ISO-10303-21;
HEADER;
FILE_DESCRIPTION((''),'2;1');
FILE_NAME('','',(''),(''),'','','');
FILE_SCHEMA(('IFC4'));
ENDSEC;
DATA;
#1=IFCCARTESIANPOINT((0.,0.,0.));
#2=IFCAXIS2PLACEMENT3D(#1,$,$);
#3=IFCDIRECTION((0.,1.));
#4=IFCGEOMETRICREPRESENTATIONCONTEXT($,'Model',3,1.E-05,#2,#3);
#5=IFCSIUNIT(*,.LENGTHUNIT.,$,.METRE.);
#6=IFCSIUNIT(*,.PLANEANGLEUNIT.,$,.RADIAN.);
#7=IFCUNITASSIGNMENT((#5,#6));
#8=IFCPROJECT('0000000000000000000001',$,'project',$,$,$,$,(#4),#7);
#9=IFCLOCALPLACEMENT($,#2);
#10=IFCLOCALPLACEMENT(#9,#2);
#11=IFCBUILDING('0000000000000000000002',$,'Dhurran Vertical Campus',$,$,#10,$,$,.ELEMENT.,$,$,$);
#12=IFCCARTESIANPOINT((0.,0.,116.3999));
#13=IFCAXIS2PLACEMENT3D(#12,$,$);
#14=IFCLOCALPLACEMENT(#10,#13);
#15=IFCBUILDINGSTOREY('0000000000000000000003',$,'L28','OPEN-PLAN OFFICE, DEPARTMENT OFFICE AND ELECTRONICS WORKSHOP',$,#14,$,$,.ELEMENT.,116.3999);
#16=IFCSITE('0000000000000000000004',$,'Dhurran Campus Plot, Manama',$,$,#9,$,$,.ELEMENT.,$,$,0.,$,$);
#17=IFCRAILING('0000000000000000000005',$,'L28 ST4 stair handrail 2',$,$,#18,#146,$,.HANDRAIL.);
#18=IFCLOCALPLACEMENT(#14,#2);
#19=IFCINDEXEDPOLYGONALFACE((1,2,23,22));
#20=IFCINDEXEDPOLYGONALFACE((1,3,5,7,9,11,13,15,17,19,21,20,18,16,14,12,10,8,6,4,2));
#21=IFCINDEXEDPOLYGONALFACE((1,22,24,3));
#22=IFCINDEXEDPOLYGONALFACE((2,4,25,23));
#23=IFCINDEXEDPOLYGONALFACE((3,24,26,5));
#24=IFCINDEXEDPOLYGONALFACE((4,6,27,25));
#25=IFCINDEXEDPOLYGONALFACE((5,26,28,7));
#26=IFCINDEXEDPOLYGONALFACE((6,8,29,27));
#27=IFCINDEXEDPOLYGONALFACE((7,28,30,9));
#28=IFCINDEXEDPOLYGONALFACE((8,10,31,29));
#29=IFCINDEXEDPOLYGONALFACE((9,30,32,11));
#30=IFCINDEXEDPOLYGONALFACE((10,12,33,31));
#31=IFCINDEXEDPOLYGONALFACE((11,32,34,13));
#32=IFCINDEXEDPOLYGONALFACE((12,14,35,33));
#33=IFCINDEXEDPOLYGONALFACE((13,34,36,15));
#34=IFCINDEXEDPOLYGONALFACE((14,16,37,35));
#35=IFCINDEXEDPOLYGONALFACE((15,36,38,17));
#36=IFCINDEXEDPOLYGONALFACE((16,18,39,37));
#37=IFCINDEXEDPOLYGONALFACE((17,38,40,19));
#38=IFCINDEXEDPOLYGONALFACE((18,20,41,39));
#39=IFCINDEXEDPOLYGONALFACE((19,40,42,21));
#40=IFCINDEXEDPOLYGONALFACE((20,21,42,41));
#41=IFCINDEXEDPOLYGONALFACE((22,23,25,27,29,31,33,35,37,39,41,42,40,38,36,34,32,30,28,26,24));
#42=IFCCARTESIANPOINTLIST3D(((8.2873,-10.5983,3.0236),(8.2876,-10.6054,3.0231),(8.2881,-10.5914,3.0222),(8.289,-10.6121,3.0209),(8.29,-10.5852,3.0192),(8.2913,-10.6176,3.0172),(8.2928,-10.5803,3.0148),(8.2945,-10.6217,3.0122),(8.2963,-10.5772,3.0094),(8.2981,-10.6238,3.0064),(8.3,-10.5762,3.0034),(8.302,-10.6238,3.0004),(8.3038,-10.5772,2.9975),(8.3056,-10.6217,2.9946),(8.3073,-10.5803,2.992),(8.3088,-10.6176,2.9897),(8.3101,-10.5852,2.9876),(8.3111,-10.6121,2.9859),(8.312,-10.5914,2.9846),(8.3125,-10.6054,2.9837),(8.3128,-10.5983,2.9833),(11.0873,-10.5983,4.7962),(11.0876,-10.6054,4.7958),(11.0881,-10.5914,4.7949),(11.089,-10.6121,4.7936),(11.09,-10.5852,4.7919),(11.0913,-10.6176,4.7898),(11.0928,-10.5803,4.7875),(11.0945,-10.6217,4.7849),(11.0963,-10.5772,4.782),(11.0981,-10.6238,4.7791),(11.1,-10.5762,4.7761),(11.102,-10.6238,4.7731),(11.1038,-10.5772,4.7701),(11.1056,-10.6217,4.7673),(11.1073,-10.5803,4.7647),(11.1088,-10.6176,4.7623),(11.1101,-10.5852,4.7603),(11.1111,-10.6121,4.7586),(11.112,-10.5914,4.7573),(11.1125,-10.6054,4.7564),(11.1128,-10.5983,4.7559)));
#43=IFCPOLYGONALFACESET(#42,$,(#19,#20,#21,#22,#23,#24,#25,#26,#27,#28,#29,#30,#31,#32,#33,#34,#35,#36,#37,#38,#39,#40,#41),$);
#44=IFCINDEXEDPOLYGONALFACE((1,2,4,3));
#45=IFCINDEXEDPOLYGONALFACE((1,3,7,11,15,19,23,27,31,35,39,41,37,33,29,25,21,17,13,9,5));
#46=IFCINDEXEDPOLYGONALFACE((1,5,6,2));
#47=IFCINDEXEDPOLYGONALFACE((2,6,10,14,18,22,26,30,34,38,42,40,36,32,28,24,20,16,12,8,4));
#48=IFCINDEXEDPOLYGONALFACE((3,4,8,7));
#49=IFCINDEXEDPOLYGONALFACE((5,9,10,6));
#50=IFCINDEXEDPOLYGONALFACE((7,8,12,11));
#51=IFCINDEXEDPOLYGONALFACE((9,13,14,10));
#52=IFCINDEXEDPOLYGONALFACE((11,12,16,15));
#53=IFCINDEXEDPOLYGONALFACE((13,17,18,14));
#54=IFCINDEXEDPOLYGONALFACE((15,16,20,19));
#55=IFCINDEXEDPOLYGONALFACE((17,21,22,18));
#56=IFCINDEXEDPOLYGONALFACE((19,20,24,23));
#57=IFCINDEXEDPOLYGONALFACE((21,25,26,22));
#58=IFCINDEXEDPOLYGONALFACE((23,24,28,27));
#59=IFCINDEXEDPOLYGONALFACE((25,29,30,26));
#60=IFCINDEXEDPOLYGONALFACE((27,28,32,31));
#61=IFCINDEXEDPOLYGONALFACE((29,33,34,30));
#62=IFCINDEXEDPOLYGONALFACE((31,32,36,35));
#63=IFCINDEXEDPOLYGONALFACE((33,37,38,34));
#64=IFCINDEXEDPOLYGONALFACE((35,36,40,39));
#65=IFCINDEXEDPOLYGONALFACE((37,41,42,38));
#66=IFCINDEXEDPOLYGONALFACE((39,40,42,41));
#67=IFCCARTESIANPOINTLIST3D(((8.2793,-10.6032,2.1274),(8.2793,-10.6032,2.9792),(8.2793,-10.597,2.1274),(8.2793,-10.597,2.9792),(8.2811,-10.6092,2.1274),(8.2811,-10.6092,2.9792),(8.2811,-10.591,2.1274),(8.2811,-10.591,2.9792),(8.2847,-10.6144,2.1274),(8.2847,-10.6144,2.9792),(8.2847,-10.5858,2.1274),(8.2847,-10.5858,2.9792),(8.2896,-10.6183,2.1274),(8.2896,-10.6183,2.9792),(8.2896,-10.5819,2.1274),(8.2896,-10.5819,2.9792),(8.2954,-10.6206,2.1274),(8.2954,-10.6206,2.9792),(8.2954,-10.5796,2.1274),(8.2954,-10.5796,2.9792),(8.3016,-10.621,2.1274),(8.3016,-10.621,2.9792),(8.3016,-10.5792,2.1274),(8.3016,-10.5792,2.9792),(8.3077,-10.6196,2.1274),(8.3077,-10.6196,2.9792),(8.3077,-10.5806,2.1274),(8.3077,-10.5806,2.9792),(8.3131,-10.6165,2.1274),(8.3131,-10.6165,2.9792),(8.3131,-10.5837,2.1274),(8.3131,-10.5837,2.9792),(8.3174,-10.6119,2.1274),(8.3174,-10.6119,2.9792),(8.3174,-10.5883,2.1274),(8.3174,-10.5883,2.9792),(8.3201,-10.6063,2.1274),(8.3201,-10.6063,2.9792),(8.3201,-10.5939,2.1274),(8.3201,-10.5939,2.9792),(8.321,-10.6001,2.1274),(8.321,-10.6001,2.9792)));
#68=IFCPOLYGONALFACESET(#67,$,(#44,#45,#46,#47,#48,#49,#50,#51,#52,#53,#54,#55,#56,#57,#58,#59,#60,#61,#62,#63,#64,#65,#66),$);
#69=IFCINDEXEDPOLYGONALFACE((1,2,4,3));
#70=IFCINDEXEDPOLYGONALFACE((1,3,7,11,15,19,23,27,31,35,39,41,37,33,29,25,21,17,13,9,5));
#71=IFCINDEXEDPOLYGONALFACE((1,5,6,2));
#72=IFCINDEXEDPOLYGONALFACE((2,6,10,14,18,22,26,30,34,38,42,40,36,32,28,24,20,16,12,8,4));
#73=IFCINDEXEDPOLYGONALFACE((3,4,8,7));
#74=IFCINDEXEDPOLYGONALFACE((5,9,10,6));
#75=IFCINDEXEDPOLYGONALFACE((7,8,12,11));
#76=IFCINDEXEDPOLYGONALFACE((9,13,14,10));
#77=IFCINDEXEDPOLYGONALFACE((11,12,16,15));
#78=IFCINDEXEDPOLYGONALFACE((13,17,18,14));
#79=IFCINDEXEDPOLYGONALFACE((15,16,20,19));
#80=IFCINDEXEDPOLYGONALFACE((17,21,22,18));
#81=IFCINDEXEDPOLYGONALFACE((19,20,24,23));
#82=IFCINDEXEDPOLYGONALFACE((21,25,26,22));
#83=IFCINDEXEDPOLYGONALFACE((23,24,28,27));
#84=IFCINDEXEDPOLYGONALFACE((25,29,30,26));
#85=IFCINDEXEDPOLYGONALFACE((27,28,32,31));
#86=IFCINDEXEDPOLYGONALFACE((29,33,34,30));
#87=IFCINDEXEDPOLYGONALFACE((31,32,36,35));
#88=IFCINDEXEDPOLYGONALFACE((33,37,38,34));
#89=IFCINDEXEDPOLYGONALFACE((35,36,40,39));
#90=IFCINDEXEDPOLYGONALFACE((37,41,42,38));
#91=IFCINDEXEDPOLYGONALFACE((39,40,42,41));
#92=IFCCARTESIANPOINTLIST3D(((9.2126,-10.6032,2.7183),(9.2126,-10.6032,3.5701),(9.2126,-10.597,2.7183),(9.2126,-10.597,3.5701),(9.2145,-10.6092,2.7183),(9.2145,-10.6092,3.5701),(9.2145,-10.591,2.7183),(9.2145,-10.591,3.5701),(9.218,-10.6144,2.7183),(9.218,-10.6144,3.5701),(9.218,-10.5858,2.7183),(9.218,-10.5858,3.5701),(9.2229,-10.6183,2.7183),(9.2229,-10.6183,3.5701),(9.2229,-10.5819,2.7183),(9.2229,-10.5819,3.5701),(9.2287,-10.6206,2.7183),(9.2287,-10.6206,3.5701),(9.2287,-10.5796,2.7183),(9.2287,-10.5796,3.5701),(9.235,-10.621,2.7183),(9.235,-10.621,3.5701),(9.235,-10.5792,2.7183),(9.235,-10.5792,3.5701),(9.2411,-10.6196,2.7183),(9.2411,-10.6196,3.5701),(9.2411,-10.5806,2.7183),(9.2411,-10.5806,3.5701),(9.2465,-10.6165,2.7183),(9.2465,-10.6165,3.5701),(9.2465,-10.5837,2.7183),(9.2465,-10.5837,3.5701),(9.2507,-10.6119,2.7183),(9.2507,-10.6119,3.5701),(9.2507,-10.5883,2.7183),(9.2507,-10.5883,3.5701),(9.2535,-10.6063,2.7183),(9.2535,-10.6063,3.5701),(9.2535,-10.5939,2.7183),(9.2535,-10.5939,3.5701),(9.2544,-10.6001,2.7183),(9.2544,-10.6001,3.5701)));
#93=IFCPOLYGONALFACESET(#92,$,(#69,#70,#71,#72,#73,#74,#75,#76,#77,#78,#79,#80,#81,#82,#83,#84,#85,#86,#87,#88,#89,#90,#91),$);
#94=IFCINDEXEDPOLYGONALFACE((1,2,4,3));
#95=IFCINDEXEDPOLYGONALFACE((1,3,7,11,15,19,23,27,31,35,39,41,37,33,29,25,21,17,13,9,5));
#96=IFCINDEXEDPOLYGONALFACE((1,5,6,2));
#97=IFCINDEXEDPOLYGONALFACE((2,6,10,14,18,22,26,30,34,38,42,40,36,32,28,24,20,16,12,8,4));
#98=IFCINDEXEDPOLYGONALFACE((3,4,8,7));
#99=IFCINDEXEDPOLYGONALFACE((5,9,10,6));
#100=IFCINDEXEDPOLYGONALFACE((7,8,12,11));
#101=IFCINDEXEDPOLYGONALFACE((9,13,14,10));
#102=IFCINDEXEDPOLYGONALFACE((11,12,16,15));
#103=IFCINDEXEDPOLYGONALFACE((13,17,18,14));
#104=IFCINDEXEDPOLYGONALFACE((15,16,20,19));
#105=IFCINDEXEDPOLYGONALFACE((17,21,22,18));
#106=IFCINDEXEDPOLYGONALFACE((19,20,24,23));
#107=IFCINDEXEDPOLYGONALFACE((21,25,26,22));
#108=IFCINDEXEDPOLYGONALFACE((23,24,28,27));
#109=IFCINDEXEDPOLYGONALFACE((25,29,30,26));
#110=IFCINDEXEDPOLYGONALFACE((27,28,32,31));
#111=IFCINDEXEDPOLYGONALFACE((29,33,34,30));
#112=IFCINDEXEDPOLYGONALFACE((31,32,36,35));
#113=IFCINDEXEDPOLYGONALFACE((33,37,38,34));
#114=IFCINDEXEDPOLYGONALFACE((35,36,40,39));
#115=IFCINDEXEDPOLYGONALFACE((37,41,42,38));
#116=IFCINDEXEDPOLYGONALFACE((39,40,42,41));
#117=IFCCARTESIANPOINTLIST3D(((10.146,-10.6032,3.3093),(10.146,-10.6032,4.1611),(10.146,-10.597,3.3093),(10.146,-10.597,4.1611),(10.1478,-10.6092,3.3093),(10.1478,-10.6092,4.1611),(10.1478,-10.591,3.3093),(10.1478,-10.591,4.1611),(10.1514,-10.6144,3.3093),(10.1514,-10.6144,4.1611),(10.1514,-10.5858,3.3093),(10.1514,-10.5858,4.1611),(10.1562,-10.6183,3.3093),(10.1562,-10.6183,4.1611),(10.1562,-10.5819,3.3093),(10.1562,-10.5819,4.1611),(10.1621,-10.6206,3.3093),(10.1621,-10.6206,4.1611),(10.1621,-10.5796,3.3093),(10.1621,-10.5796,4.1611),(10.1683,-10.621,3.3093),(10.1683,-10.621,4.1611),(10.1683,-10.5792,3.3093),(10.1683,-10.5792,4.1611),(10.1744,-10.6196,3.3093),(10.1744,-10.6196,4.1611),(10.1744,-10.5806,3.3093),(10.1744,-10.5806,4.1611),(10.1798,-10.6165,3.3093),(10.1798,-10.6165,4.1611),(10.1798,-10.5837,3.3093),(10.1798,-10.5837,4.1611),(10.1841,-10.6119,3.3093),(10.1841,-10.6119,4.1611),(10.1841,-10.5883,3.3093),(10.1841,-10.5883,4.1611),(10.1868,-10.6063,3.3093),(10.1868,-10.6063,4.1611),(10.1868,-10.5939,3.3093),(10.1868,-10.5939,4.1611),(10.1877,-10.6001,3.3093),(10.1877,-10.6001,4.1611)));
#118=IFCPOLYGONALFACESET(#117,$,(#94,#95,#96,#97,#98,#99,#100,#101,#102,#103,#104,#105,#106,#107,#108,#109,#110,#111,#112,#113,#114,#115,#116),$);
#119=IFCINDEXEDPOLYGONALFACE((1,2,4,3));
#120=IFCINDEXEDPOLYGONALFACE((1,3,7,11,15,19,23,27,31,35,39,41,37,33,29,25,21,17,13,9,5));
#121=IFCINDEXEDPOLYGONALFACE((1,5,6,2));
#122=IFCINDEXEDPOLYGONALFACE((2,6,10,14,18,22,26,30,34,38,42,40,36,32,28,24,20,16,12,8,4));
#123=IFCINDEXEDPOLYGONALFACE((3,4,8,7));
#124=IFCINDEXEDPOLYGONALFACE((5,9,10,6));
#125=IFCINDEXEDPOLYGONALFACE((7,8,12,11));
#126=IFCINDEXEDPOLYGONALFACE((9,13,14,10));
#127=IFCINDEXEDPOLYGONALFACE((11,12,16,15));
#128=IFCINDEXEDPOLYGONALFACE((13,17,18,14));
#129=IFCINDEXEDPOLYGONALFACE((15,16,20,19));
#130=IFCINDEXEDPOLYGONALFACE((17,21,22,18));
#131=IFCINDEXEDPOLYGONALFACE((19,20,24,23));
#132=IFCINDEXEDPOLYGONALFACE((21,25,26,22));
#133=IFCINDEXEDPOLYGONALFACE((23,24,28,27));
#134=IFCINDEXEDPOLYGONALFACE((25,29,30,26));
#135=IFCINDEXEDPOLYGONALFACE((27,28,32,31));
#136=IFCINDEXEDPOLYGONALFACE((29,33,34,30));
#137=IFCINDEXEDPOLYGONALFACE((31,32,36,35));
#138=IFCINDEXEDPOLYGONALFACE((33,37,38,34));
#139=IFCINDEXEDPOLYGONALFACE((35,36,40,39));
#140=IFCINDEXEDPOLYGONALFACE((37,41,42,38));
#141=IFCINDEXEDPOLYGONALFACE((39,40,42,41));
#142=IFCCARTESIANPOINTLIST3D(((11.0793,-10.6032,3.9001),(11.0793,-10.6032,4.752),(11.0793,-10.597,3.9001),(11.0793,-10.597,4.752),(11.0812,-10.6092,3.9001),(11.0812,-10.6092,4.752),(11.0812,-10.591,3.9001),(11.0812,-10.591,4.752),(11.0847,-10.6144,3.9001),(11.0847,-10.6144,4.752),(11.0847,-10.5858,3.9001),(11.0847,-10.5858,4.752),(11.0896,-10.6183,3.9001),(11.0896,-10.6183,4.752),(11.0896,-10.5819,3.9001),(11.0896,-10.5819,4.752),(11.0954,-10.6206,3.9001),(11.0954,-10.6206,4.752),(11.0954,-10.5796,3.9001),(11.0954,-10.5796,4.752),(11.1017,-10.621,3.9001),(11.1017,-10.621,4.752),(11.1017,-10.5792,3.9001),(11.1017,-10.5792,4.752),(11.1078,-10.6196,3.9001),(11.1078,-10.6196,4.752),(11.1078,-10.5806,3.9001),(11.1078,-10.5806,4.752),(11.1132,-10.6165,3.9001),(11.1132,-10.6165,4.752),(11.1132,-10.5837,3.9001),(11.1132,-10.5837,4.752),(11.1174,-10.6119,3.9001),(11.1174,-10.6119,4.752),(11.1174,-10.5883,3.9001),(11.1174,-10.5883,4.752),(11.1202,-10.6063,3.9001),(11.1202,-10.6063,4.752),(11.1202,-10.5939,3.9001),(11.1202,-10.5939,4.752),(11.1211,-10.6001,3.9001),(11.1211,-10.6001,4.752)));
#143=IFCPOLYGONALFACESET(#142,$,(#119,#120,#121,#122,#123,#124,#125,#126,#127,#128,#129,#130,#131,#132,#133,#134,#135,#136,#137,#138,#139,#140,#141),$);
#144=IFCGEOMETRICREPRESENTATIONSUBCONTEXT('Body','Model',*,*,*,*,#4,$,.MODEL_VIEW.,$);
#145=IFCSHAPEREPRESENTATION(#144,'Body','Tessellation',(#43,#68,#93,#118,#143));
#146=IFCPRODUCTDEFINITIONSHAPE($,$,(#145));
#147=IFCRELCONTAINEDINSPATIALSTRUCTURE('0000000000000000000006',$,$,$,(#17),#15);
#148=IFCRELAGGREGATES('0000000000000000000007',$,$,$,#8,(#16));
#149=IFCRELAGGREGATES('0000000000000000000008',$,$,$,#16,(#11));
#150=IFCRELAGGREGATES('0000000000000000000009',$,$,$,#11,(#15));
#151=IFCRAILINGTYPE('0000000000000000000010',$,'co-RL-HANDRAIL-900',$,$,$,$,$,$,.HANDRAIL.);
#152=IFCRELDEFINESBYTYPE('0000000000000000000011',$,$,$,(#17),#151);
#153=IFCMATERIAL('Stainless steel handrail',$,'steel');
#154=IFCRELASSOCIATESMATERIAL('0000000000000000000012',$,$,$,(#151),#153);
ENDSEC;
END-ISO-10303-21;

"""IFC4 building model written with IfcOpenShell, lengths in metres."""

from ifc_helpers import new_model, si_unit, direction, frame, origin, origin_2d, place, context, subcontext, project, spatial, circle, extrude, material, type_object, element, save


model = new_model("IFC4")

# Units and contexts
model_context = context("Model", 3, precision=1e-05, world=origin(), true_north=direction((0.0, 1.0)))
body_context = subcontext(model_context, "Body", "Model", "MODEL_VIEW")
ifc_project = project(units=[si_unit("LENGTHUNIT", "METRE"), si_unit("PLANEANGLEUNIT", "RADIAN")], contexts=[model_context])

# Site, building, storey
site_placement = place(None, origin())
site = spatial("IfcSite", under=ifc_project, at=site_placement, Name="Dhurran Campus Plot, Manama", CompositionType="ELEMENT", RefElevation=0.0)
building_placement = place(site_placement, origin())
building = spatial("IfcBuilding", under=site, at=building_placement, Name="Dhurran Vertical Campus", CompositionType="ELEMENT")
storey_placement = place(building_placement, frame((0.0, 0.0, 116.3999)))
storey = spatial("IfcBuildingStorey", under=building, at=storey_placement, Name="L28", Description="OPEN-PLAN OFFICE, DEPARTMENT OFFICE AND ELECTRONICS WORKSHOP", CompositionType="ELEMENT", Elevation=116.3999)

# Railing
ifc_material_1 = material(Name="Stainless steel handrail", Category="steel")
railing_type_1 = type_object("IfcRailingType", Name="co-RL-HANDRAIL-900", PredefinedType="HANDRAIL", material=ifc_material_1)
railing_1_placement = place(storey_placement, frame((8.3, -10.6001, 2.1274)))
element("IfcRailing", 1, at=railing_1_placement, inside=storey, type_object=railing_type_1, Name="L28 ST4 stair handrail 2", PredefinedType="HANDRAIL", context=body_context, shape_type="SweptSolid", body=[
    extrude(circle(Radius=0.0239, at=origin_2d()), frame((0.0, 0.0, 0.876), z_axis=(0.844909, 0.0, 0.53491), x_axis=(0.0, 1.0, 0.0)), (0.0, 0.0, 1.0), 3.314),
    extrude(circle(Radius=0.021, at=origin_2d()), origin(), (0.0, 0.0, 1.0), 0.8518),
    extrude(circle(Radius=0.021, at=origin_2d()), frame((0.9333, 0.0, 0.5908)), (0.0, 0.0, 1.0), 0.8518),
    extrude(circle(Radius=0.021, at=origin_2d()), frame((1.8667, 0.0, 1.1819)), (0.0, 0.0, 1.0), 0.8518),
    extrude(circle(Radius=0.021, at=origin_2d()), frame((2.8, 0.0, 1.7727)), (0.0, 0.0, 1.0), 0.8518),
])

save(model, "model.ifc")
